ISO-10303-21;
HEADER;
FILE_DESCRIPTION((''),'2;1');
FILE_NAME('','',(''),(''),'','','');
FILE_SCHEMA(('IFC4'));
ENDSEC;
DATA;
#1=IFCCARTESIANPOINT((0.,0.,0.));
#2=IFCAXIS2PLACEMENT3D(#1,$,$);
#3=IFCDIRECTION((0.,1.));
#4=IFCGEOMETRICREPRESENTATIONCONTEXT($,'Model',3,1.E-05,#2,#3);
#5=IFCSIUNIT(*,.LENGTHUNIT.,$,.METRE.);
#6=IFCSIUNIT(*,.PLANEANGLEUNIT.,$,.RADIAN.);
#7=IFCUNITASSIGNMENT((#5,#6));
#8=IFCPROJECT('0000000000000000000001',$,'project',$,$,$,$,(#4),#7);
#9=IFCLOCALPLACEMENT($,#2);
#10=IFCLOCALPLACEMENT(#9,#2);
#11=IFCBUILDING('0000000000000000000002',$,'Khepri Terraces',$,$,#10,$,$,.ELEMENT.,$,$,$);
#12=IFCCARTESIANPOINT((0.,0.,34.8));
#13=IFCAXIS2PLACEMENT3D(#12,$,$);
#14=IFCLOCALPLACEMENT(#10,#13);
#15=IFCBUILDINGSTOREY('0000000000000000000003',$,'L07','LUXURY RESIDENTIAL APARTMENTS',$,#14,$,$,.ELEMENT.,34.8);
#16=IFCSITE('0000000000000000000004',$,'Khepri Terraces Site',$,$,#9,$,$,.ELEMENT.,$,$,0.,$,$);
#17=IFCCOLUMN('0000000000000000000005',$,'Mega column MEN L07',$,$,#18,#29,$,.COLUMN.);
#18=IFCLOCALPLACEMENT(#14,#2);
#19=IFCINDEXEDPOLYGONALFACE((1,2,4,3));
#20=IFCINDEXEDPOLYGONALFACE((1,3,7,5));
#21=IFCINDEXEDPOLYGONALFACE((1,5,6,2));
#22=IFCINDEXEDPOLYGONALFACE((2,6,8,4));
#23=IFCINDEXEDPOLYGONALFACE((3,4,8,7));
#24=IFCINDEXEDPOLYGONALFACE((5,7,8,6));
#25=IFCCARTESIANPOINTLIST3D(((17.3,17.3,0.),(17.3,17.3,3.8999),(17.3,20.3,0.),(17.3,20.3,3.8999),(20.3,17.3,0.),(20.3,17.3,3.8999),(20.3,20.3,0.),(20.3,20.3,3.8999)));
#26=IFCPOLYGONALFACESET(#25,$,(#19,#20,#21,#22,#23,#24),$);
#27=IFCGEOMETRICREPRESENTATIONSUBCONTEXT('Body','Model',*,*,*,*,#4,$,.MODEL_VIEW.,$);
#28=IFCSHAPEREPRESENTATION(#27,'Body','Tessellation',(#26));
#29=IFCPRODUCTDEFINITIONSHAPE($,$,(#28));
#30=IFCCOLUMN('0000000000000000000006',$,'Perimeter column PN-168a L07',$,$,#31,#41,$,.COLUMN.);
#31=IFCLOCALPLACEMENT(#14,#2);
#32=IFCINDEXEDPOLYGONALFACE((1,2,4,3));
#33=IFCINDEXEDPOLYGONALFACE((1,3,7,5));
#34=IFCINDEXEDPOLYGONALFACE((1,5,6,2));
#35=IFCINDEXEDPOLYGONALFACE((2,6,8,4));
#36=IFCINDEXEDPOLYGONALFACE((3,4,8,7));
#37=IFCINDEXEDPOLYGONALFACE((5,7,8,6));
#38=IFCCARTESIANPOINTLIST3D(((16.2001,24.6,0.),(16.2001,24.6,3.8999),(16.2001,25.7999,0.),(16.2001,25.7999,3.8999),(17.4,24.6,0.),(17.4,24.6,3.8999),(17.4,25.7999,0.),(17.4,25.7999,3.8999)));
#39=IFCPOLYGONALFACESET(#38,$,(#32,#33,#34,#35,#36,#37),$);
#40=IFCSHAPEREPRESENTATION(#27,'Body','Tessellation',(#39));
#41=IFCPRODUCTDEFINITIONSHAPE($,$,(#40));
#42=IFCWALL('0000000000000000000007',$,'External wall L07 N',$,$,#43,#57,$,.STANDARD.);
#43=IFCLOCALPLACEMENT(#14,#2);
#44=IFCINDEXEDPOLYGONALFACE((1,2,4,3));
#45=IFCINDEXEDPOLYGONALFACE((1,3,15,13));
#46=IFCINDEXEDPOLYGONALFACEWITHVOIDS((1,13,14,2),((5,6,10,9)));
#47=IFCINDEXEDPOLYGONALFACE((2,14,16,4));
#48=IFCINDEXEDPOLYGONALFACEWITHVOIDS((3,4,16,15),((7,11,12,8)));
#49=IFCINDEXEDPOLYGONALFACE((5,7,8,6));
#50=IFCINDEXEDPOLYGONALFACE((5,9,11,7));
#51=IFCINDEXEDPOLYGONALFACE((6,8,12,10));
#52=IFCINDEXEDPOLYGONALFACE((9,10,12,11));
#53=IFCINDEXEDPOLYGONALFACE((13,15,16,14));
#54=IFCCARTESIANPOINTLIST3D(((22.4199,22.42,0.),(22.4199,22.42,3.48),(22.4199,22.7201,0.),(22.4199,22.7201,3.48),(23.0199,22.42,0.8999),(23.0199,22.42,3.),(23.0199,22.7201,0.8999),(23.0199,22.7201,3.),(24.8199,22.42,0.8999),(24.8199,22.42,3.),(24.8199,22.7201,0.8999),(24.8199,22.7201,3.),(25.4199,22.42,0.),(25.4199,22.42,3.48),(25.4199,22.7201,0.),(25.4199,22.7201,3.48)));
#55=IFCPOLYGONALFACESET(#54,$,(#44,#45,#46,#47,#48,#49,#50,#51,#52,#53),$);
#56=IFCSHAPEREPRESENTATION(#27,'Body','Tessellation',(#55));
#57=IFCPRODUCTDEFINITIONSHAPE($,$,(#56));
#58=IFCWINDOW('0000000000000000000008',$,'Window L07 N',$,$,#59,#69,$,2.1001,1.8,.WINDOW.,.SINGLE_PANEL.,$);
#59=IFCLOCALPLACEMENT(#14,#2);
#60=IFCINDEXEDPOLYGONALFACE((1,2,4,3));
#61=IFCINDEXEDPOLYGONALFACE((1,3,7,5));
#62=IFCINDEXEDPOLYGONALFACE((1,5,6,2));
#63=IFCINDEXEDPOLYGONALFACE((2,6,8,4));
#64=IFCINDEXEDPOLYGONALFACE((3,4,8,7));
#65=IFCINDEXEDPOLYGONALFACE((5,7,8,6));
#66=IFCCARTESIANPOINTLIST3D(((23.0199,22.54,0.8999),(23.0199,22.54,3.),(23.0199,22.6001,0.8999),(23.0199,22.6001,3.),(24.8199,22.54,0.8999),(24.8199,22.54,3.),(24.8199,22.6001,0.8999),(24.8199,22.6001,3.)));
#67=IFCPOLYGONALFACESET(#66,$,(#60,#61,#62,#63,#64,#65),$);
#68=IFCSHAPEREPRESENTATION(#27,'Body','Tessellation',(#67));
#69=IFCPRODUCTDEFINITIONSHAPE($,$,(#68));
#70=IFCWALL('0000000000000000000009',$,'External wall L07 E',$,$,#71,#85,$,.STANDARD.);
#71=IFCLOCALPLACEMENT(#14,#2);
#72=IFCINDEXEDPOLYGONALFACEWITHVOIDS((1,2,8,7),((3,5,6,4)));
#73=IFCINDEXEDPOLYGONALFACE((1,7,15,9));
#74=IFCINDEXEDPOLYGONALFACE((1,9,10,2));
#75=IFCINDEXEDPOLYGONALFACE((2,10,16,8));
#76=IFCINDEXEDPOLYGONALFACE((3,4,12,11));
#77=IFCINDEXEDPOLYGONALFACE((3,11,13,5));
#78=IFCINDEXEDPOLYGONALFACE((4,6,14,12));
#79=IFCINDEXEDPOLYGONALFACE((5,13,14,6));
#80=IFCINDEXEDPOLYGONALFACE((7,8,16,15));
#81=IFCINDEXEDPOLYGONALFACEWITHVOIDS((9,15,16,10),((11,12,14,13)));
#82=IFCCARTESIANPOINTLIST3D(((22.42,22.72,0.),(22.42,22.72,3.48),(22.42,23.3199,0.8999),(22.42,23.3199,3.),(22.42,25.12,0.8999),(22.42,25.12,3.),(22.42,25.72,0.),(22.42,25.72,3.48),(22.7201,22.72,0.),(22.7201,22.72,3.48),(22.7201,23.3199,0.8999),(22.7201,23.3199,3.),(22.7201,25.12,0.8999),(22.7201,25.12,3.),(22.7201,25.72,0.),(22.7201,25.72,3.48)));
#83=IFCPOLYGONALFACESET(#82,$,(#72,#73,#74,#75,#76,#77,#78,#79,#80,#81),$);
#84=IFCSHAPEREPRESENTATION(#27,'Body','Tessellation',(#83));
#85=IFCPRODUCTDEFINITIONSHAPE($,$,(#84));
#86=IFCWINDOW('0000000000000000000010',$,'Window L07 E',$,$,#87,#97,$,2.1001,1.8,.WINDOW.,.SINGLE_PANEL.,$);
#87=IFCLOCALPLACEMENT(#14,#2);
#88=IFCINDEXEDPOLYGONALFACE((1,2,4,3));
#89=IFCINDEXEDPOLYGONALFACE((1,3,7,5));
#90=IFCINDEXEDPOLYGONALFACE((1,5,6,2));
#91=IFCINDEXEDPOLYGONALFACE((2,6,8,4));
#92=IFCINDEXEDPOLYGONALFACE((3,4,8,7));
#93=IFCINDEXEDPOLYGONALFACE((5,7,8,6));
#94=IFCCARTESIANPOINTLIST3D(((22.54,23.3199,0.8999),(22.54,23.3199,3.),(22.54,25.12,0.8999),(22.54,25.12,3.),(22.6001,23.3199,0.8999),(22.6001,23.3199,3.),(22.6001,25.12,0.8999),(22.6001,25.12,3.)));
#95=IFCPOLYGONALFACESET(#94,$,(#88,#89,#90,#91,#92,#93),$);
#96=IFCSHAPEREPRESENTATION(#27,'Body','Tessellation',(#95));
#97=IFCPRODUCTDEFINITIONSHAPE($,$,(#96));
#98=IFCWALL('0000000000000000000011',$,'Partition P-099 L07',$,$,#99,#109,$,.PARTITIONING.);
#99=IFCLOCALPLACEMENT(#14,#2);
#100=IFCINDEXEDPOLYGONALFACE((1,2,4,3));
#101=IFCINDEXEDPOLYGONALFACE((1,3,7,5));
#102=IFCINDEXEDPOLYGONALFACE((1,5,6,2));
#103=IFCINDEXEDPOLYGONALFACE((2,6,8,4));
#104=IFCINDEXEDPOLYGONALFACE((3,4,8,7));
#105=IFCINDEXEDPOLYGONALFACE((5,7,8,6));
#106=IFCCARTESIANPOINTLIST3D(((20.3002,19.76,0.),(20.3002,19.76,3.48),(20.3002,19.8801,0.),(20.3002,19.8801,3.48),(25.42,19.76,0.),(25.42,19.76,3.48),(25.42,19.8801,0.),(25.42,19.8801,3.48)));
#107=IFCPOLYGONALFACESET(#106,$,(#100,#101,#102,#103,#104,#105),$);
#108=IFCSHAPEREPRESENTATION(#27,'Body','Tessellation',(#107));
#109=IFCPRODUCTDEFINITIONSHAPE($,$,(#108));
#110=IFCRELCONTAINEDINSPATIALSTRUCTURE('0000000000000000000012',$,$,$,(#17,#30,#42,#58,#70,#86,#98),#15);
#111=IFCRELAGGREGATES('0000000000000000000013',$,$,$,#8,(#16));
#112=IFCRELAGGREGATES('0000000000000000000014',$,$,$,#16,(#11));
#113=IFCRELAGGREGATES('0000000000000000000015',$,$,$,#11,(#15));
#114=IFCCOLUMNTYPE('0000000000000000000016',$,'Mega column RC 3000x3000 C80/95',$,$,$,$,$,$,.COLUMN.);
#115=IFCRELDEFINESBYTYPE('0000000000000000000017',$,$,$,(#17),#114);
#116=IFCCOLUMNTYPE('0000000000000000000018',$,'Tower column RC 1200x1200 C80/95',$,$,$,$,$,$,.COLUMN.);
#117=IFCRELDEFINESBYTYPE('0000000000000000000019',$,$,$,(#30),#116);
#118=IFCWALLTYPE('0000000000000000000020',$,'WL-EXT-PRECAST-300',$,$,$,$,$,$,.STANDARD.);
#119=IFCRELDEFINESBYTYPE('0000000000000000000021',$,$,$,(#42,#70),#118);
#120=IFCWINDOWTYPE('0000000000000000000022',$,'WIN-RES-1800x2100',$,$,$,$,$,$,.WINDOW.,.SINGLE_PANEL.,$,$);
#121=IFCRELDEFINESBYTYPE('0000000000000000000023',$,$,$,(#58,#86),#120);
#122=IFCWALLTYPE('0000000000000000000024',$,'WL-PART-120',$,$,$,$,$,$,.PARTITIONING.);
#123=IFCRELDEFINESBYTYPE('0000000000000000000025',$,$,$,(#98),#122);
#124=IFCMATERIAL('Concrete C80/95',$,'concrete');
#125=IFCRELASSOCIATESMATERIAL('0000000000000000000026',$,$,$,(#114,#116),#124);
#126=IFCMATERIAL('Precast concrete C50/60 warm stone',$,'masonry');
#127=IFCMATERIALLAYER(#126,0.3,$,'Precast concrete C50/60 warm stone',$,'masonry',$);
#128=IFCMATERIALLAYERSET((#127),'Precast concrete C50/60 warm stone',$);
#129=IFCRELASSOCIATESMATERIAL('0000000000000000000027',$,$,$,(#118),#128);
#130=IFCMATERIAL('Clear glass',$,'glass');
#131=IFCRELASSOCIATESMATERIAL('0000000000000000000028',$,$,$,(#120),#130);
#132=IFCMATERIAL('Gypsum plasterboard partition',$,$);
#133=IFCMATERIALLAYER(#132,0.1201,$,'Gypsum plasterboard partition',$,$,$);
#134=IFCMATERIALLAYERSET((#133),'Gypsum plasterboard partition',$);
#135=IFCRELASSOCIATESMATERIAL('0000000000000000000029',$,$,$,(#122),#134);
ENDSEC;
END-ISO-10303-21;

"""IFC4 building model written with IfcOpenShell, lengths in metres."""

from ifc_helpers import new_model, si_unit, direction, frame, frame_2d, origin, origin_2d, place, context, subcontext, project, spatial, rectangle, extrude, material, layer, layer_set, material_profile, profile_set, type_object, element, fill, save


model = new_model("IFC4")

# Units and contexts
model_context = context("Model", 3, precision=1e-05, world=origin(), true_north=direction((0.0, 1.0)))
body_context = subcontext(model_context, "Body", "Model", "MODEL_VIEW")
ifc_project = project(units=[si_unit("LENGTHUNIT", "METRE"), si_unit("PLANEANGLEUNIT", "RADIAN")], contexts=[model_context])

# Site, building, storey
site_placement = place(None, origin())
site = spatial("IfcSite", under=ifc_project, at=site_placement, Name="Khepri Terraces Site", CompositionType="ELEMENT", RefElevation=0.0)
building_placement = place(site_placement, origin())
building = spatial("IfcBuilding", under=site, at=building_placement, Name="Khepri Terraces", CompositionType="ELEMENT")
storey_placement = place(building_placement, frame((0.0, 0.0, 34.8)))
storey = spatial("IfcBuildingStorey", under=building, at=storey_placement, Name="L07", Description="LUXURY RESIDENTIAL APARTMENTS", CompositionType="ELEMENT", Elevation=34.8)

# Columns
ifc_material_1 = material(Name="Concrete C80/95", Category="concrete")
ifc_material_profile_1 = material_profile(ifc_material_1, rectangle(XDim=3.0, YDim=3.0, at=origin_2d()), Name="Concrete C80/95", Category="concrete")
ifc_profile_set_1 = profile_set([ifc_material_profile_1], Name="Concrete C80/95")
column_type_1 = type_object("IfcColumnType", Name="Mega column RC 3000x3000 C80/95", PredefinedType="COLUMN", material=ifc_profile_set_1)
column_1_placement = place(storey_placement, frame((18.8, 18.8, 0.0), z_axis=(0.0, 0.0, 1.0), x_axis=(1.0, 0.0, 0.0)))
element("IfcColumn", 1, at=column_1_placement, inside=storey, type_object=column_type_1, Name="Mega column MEN L07", PredefinedType="COLUMN", context=body_context, shape_type="SweptSolid", body=[
    extrude(rectangle(XDim=3.0, YDim=3.0, at=origin_2d()), origin(), (0.0, 0.0, 1.0), 3.8999),
])
ifc_material_profile_2 = material_profile(ifc_material_1, rectangle(XDim=1.2, YDim=1.2, at=origin_2d()), Name="Concrete C80/95", Category="concrete")
ifc_profile_set_2 = profile_set([ifc_material_profile_2], Name="Concrete C80/95")
column_type_2 = type_object("IfcColumnType", Name="Tower column RC 1200x1200 C80/95", PredefinedType="COLUMN", material=ifc_profile_set_2)
column_2_placement = place(storey_placement, frame((16.8, 25.2, 0.0), z_axis=(0.0, 0.0, 1.0), x_axis=(1.0, 0.0, 0.0)))
element("IfcColumn", 2, at=column_2_placement, inside=storey, type_object=column_type_2, Name="Perimeter column PN-168a L07", PredefinedType="COLUMN", context=body_context, shape_type="SweptSolid", body=[
    extrude(rectangle(XDim=1.2, YDim=1.2, at=origin_2d()), origin(), (0.0, 0.0, 1.0), 3.8999),
])

# Walls, openings, windows
ifc_material_2 = material(Name="Precast concrete C50/60 warm stone", Category="masonry")
ifc_layer_1 = layer(ifc_material_2, 0.3, Name="Precast concrete C50/60 warm stone", Category="masonry")
ifc_layer_set_1 = layer_set([ifc_layer_1], Name="Precast concrete C50/60 warm stone")
wall_type_1 = type_object("IfcWallType", Name="WL-EXT-PRECAST-300", PredefinedType="STANDARD", material=ifc_layer_set_1)
wall_1_placement = place(storey_placement, frame((25.4199, 22.5701, 0.0), z_axis=(0.0, 0.0, 1.0), x_axis=(-1.0, 0.0, 0.0)))
wall_1 = element("IfcWall", 3, at=wall_1_placement, inside=storey, type_object=wall_type_1, Name="External wall L07 N", PredefinedType="STANDARD", context=body_context, shape_type="SweptSolid", body=[
    extrude(rectangle(XDim=3.0, YDim=0.3, at=frame_2d((1.5, 0.0))), origin(), (0.0, 0.0, 1.0), 3.48),
])
opening_1_placement = place(wall_1_placement, frame((0.6001, 0.0, 0.8999)))
opening_1 = element("IfcOpeningElement", 4, at=opening_1_placement, cuts=wall_1, PredefinedType="OPENING", context=body_context, shape_type="SweptSolid", body=[
    extrude(rectangle(XDim=1.8, YDim=2.1001, at=frame_2d((0.8999, 1.05))), frame((0.0, 0.1602, 0.0), z_axis=(0.0, -1.0, 0.0), x_axis=(1.0, 0.0, 0.0)), (0.0, 0.0, 1.0), 0.3201),
])
ifc_material_3 = material(Name="Clear glass", Category="glass")
window_type = type_object("IfcWindowType", Name="WIN-RES-1800x2100", PartitioningType="SINGLE_PANEL", PredefinedType="WINDOW", material=ifc_material_3)
window_1_placement = place(opening_1_placement, origin())
window_1 = element("IfcWindow", 5, at=window_1_placement, inside=storey, type_object=window_type, Name="Window L07 N", OverallHeight=2.1001, OverallWidth=1.8, PartitioningType="SINGLE_PANEL", PredefinedType="WINDOW", context=body_context, shape_type="SweptSolid", body=[
    extrude(rectangle(XDim=1.8, YDim=2.1001, at=frame_2d((0.8999, 1.05))), frame((0.0, 0.03, 0.0), z_axis=(0.0, -1.0, 0.0), x_axis=(1.0, 0.0, 0.0)), (0.0, 0.0, 1.0), 0.0601),
])
fill(opening_1, window_1)
wall_2_placement = place(storey_placement, frame((22.5701, 22.72, 0.0), z_axis=(0.0, 0.0, 1.0), x_axis=(0.0, 1.0, 0.0)))
wall_2 = element("IfcWall", 6, at=wall_2_placement, inside=storey, type_object=wall_type_1, Name="External wall L07 E", PredefinedType="STANDARD", context=body_context, shape_type="SweptSolid", body=[
    extrude(rectangle(XDim=3.0, YDim=0.3, at=frame_2d((1.5, 0.0))), origin(), (0.0, 0.0, 1.0), 3.48),
])
opening_2_placement = place(wall_2_placement, frame((0.6001, 0.0, 0.8999)))
opening_2 = element("IfcOpeningElement", 7, at=opening_2_placement, cuts=wall_2, PredefinedType="OPENING", context=body_context, shape_type="SweptSolid", body=[
    extrude(rectangle(XDim=1.8, YDim=2.1001, at=frame_2d((0.8999, 1.05))), frame((0.0, 0.1602, 0.0), z_axis=(0.0, -1.0, 0.0), x_axis=(1.0, 0.0, 0.0)), (0.0, 0.0, 1.0), 0.3201),
])
window_2_placement = place(opening_2_placement, origin())
window_2 = element("IfcWindow", 8, at=window_2_placement, inside=storey, type_object=window_type, Name="Window L07 E", OverallHeight=2.1001, OverallWidth=1.8, PartitioningType="SINGLE_PANEL", PredefinedType="WINDOW", context=body_context, shape_type="SweptSolid", body=[
    extrude(rectangle(XDim=1.8, YDim=2.1001, at=frame_2d((0.8999, 1.05))), frame((0.0, 0.03, 0.0), z_axis=(0.0, -1.0, 0.0), x_axis=(1.0, 0.0, 0.0)), (0.0, 0.0, 1.0), 0.0601),
])
fill(opening_2, window_2)

# Wall
ifc_material_4 = material(Name="Gypsum plasterboard partition")
ifc_layer_2 = layer(ifc_material_4, 0.1201, Name="Gypsum plasterboard partition")
ifc_layer_set_2 = layer_set([ifc_layer_2], Name="Gypsum plasterboard partition")
wall_type_2 = type_object("IfcWallType", Name="WL-PART-120", PredefinedType="PARTITIONING", material=ifc_layer_set_2)
wall_3_placement = place(storey_placement, frame((20.3, 19.8201, 0.0), z_axis=(0.0, 0.0, 1.0), x_axis=(1.0, 0.0, 0.0)))
element("IfcWall", 9, at=wall_3_placement, inside=storey, type_object=wall_type_2, Name="Partition P-099 L07", PredefinedType="PARTITIONING", context=body_context, shape_type="SweptSolid", body=[
    extrude(rectangle(XDim=5.1199, YDim=0.1201, at=frame_2d((2.5601, 0.0))), origin(), (0.0, 0.0, 1.0), 3.48),
])

save(model, "model.ifc")
